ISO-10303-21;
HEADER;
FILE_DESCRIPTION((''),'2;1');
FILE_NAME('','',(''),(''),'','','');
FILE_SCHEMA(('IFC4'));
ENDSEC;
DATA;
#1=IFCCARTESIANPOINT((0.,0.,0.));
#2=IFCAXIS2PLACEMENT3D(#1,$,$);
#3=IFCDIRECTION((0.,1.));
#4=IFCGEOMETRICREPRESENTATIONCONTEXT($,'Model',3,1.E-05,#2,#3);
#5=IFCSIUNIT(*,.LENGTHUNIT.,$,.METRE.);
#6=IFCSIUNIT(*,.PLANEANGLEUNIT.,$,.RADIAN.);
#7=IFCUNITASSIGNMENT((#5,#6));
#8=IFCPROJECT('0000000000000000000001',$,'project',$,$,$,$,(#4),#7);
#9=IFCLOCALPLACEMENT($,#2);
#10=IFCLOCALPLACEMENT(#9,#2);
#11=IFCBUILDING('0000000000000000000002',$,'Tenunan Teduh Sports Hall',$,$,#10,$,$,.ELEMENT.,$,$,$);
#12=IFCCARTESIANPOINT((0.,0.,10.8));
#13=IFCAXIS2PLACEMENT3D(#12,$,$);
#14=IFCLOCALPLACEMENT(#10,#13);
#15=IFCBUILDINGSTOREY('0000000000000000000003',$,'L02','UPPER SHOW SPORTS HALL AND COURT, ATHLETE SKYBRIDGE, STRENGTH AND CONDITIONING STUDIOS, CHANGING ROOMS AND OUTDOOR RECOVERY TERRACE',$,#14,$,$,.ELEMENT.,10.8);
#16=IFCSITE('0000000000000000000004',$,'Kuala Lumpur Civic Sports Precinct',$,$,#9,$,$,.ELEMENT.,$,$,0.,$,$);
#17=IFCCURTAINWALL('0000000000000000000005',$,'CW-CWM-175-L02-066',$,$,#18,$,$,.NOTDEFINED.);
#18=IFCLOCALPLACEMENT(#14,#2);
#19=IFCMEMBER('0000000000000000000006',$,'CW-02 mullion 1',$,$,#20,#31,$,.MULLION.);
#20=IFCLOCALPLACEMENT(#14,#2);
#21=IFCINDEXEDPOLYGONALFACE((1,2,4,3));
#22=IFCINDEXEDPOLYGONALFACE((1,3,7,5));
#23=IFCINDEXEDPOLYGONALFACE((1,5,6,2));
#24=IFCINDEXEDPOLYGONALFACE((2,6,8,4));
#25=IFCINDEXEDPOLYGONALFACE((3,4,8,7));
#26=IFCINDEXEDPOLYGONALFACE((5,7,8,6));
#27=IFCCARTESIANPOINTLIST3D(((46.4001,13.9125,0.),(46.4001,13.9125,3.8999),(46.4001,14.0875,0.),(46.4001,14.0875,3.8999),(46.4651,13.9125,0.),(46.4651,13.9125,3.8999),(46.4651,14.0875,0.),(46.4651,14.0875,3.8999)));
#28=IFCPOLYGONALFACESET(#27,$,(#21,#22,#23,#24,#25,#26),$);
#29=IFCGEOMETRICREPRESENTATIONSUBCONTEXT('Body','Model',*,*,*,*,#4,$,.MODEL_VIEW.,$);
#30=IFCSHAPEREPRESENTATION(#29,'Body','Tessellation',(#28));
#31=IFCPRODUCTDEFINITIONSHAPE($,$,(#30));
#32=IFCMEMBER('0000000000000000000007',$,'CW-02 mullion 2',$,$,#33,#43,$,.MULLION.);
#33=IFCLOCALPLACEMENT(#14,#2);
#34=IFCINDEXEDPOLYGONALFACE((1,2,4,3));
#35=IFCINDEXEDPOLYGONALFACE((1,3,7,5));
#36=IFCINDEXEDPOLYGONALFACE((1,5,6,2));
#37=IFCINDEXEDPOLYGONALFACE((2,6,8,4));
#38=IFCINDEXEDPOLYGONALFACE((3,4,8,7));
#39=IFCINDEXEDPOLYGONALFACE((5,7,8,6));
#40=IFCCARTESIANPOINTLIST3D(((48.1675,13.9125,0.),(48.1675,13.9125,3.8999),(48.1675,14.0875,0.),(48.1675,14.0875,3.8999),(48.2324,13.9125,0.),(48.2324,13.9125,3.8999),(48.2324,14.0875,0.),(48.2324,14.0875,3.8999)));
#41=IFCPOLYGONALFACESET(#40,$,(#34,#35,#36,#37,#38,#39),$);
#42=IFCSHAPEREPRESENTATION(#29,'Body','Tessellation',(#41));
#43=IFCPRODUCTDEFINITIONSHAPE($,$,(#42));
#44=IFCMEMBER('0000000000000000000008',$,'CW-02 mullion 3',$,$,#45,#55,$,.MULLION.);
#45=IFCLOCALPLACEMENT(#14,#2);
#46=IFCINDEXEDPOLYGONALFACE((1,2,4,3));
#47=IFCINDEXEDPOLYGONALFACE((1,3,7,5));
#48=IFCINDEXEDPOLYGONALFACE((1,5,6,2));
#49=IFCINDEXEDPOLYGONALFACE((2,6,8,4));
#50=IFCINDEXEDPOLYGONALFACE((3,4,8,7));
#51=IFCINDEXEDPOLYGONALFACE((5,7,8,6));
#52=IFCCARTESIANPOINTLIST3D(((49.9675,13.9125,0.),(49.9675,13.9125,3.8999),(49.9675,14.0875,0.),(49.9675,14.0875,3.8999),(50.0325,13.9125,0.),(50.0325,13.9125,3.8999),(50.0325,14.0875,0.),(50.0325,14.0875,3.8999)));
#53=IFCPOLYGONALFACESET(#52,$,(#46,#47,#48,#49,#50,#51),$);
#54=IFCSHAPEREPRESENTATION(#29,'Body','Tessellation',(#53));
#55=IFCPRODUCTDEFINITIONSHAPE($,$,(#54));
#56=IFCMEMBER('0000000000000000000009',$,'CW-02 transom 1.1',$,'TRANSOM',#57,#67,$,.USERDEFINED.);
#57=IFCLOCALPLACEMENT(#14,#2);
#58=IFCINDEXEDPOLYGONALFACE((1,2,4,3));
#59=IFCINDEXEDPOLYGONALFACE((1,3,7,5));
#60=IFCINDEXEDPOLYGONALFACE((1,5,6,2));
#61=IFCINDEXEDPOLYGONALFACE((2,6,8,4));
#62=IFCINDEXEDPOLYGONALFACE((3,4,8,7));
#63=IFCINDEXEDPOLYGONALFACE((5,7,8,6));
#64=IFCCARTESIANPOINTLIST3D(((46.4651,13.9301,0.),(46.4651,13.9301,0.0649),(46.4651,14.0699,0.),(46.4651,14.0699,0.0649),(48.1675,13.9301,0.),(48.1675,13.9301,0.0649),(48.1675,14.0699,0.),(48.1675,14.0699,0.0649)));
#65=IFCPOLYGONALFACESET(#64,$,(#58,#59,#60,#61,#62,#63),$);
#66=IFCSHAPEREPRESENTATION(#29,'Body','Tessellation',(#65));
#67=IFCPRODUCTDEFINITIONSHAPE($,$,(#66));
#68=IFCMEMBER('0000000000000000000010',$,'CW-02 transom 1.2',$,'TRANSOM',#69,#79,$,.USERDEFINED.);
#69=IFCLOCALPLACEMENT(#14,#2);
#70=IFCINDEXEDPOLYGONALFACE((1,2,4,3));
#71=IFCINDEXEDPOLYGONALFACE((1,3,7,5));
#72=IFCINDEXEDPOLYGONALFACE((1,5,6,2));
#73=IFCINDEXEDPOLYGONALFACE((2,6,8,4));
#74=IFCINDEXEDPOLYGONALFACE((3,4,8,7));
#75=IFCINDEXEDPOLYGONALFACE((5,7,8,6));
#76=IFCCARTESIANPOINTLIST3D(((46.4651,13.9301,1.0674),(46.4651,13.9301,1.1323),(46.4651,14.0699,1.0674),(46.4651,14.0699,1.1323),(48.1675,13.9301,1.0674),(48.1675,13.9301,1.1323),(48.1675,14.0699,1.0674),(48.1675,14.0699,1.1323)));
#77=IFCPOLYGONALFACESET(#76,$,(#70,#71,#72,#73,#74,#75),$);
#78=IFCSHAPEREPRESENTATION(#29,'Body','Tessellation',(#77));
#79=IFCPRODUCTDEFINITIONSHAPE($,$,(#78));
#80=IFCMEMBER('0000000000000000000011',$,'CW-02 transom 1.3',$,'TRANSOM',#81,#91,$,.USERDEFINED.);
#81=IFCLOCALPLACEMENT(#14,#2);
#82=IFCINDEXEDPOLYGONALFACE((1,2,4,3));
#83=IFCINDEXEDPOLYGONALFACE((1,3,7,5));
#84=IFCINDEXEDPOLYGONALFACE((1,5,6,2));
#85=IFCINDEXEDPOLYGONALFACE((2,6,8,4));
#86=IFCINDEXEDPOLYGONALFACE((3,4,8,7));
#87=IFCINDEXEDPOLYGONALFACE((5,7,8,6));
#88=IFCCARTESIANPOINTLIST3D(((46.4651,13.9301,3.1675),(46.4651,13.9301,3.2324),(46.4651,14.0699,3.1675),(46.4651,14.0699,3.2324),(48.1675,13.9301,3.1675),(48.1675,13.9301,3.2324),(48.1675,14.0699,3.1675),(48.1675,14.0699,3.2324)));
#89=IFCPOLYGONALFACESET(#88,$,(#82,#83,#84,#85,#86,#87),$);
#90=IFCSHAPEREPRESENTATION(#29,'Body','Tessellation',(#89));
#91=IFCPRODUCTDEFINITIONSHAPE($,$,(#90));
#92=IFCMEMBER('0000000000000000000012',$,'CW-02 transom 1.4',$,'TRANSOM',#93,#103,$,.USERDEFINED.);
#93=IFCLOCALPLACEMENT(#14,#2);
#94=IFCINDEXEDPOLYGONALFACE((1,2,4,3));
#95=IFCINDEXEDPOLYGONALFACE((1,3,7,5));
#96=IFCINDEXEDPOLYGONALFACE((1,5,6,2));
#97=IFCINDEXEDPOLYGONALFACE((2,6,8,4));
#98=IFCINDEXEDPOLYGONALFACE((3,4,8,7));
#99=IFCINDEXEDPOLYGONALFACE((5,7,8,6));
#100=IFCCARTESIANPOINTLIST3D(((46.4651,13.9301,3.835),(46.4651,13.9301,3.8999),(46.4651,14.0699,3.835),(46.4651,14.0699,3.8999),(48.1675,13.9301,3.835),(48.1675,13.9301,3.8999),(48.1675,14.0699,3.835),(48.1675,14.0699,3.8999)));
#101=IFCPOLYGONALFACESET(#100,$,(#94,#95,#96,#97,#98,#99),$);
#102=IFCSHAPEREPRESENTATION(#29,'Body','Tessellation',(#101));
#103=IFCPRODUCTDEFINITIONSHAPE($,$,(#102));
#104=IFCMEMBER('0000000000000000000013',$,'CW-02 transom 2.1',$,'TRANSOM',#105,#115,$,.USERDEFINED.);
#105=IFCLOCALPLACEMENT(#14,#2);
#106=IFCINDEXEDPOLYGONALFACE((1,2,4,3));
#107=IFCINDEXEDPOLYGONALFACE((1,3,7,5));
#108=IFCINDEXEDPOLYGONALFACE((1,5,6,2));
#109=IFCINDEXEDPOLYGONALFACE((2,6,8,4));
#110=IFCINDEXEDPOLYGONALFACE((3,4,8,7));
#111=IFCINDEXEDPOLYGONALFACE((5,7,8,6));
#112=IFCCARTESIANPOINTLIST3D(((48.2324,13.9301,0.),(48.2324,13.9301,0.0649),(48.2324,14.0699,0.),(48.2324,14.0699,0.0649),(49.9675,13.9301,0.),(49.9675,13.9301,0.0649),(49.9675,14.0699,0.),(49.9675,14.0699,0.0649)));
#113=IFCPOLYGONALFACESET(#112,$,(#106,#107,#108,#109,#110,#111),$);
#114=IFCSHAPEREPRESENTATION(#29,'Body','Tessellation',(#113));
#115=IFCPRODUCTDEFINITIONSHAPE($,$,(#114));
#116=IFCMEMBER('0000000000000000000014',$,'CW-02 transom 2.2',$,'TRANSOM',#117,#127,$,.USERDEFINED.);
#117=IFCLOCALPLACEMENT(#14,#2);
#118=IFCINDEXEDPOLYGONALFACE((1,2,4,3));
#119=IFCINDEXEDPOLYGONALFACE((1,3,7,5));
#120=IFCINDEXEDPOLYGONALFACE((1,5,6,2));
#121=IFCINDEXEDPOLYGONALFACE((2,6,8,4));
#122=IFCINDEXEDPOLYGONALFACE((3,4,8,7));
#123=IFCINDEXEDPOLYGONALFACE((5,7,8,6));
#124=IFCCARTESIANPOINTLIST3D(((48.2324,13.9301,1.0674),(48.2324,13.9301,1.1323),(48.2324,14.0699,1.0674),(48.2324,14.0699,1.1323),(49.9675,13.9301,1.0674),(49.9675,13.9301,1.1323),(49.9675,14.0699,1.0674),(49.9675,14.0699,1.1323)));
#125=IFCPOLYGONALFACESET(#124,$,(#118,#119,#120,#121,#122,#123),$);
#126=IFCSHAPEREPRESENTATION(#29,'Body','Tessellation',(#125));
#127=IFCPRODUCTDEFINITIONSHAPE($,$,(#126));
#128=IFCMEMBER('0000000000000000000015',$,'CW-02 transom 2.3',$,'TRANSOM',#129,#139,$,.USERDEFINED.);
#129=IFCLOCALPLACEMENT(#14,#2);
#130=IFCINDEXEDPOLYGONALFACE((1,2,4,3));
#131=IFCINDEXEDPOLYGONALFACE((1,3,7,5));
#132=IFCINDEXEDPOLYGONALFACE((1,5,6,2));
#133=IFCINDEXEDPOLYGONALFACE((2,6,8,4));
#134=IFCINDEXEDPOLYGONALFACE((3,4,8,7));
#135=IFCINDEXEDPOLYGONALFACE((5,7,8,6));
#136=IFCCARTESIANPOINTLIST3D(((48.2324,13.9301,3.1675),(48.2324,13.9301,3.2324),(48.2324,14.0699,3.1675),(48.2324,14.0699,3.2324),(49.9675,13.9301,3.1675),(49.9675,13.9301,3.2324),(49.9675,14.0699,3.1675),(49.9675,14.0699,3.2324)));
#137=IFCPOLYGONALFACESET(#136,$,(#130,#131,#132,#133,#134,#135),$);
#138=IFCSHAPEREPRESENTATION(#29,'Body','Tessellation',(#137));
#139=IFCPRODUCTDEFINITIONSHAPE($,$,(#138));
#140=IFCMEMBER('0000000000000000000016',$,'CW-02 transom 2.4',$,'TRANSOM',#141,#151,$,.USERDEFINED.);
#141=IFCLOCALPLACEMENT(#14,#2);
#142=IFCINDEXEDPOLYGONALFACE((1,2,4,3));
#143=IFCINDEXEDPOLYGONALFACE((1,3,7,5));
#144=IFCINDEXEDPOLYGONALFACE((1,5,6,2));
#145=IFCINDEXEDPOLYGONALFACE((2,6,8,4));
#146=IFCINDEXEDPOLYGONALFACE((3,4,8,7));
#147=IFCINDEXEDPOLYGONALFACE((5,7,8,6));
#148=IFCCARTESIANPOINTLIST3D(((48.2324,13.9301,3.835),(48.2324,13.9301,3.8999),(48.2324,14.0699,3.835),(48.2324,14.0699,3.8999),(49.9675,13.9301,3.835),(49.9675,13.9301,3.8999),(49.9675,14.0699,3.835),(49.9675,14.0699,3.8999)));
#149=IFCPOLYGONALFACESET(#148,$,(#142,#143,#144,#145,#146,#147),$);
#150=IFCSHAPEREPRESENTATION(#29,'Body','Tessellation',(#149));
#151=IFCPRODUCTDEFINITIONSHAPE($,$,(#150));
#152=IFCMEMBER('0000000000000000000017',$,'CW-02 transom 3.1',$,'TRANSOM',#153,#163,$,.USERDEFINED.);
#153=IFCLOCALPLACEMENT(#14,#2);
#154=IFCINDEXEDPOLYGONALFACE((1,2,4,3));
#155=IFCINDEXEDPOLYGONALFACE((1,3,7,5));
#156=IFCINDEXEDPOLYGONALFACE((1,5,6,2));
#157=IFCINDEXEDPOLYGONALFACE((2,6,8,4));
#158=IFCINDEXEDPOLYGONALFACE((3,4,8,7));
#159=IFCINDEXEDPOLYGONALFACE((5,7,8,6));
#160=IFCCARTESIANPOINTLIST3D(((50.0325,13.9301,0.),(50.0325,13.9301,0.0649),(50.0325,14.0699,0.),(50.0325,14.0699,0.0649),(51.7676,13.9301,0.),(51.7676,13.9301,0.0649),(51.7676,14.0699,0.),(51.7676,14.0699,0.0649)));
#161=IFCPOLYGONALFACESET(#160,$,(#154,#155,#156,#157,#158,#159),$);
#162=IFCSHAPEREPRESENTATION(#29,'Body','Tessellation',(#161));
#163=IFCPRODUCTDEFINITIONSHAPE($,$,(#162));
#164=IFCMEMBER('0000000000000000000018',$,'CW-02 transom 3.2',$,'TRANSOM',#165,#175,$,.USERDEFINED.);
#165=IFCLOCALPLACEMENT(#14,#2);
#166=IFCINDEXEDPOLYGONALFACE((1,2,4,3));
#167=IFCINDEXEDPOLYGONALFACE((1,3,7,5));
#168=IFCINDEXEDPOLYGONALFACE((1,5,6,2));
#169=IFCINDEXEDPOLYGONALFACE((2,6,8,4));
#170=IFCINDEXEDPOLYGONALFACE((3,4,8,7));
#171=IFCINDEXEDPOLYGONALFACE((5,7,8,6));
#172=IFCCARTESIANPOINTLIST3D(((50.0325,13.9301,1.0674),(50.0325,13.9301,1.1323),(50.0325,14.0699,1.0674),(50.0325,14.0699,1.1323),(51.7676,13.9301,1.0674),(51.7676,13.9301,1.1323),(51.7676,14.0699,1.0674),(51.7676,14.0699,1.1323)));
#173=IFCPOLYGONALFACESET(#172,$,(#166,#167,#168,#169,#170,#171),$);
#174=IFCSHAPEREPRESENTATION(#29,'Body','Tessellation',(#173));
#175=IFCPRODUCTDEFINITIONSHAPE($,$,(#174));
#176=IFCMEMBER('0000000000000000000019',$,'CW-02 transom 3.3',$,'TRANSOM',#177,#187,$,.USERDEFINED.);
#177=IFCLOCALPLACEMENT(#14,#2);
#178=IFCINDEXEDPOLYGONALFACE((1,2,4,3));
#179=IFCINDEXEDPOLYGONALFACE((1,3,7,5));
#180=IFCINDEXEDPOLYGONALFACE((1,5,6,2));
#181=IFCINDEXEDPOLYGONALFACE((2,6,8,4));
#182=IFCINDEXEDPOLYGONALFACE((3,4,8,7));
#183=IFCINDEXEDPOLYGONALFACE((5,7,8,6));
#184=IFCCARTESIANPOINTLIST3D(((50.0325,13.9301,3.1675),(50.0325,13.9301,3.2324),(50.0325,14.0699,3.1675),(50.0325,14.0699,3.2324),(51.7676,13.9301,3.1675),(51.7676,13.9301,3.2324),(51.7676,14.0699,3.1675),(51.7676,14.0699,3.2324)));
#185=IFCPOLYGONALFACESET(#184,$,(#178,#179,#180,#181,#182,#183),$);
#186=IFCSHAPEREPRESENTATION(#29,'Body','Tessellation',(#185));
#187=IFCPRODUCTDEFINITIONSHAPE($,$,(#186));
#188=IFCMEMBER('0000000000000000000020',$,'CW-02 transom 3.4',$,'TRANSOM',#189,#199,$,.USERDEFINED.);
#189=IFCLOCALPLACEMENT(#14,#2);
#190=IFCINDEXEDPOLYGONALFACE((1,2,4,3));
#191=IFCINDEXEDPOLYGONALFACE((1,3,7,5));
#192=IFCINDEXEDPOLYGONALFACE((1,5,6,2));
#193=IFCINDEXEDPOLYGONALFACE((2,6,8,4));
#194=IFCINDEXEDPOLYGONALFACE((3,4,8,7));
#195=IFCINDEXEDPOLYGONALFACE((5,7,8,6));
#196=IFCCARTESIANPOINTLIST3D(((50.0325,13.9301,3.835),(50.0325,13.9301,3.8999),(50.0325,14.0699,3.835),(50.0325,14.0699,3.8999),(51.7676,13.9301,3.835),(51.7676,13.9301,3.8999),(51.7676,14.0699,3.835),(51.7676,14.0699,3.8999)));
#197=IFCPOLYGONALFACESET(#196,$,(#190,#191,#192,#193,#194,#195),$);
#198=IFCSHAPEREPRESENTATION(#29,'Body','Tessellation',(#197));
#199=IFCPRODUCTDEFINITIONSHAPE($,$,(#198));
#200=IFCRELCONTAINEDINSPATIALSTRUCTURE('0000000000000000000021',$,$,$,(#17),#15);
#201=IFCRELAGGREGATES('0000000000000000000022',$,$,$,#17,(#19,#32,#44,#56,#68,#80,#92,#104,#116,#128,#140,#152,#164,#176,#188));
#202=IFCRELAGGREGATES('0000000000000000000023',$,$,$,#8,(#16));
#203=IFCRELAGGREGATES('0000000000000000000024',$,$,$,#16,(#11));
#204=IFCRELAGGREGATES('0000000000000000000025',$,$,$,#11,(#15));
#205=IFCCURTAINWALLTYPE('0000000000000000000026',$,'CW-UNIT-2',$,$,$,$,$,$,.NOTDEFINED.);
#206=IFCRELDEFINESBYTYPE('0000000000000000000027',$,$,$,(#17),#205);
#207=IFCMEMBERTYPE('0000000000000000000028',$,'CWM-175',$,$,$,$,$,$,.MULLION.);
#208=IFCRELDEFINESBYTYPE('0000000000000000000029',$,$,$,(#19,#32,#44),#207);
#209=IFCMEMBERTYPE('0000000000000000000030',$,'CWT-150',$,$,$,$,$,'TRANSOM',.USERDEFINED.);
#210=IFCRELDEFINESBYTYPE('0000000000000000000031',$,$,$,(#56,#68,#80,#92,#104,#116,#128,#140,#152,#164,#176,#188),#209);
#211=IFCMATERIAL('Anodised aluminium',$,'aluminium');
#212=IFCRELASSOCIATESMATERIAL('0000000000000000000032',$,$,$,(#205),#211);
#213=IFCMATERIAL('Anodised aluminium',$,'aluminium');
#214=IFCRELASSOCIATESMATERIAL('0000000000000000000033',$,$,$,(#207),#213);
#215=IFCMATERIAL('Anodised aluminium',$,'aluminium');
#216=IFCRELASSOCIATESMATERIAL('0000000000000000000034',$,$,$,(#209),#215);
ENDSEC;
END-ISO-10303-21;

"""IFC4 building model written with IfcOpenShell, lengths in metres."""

from ifc_helpers import new_model, si_unit, direction, frame, origin, origin_2d, place, context, subcontext, project, spatial, rectangle, extrude, material, material_profile, profile_set, type_object, element, aggregate, save


model = new_model("IFC4")

# Units and contexts
model_context = context("Model", 3, precision=1e-05, world=origin(), true_north=direction((0.0, 1.0)))
body_context = subcontext(model_context, "Body", "Model", "MODEL_VIEW")
ifc_project = project(units=[si_unit("LENGTHUNIT", "METRE"), si_unit("PLANEANGLEUNIT", "RADIAN")], contexts=[model_context])

# Site, building, storey
site_placement = place(None, origin())
site = spatial("IfcSite", under=ifc_project, at=site_placement, Name="Kuala Lumpur Civic Sports Precinct", CompositionType="ELEMENT", RefElevation=0.0)
building_placement = place(site_placement, origin())
building = spatial("IfcBuilding", under=site, at=building_placement, Name="Tenunan Teduh Sports Hall", CompositionType="ELEMENT")
storey_placement = place(building_placement, frame((0.0, 0.0, 10.8)))
storey = spatial("IfcBuildingStorey", under=building, at=storey_placement, Name="L02", Description="UPPER SHOW SPORTS HALL AND COURT, ATHLETE SKYBRIDGE, STRENGTH AND CONDITIONING STUDIOS, CHANGING ROOMS AND OUTDOOR RECOVERY TERRACE", CompositionType="ELEMENT", Elevation=10.8)

# Curtain wall, members
ifc_material_1 = material(Name="Anodised aluminium", Category="aluminium")
curtain_wall_type = type_object("IfcCurtainWallType", Name="CW-UNIT-2", PredefinedType="NOTDEFINED", material=ifc_material_1)
curtain_wall_placement = place(storey_placement, origin())
curtain_wall = element("IfcCurtainWall", 1, at=curtain_wall_placement, inside=storey, type_object=curtain_wall_type, Name="CW-CWM-175-L02-066", PredefinedType="NOTDEFINED")
ifc_material_2 = material(Name="Anodised aluminium", Category="aluminium")
ifc_material_profile_1 = material_profile(ifc_material_2, rectangle(XDim=0.0649, YDim=0.175, at=origin_2d()), Name="CWM 65x175")
ifc_profile_set_1 = profile_set([ifc_material_profile_1], Name="Anodised aluminium")
member_type_1 = type_object("IfcMemberType", Name="CWM-175", PredefinedType="MULLION", material=ifc_profile_set_1)
member_1_placement = place(storey_placement, frame((46.4326, 14.0, 0.0), z_axis=(0.0, 0.0, 1.0), x_axis=(1.0, 0.0, 0.0)))
member_1 = element("IfcMember", 2, at=member_1_placement, type_object=member_type_1, Name="CW-02 mullion 1", PredefinedType="MULLION", context=body_context, shape_type="SweptSolid", body=[
    extrude(rectangle(XDim=0.0649, YDim=0.175, at=origin_2d()), origin(), (0.0, 0.0, 1.0), 3.8999),
])
member_2_placement = place(storey_placement, frame((48.2, 14.0, 0.0), z_axis=(0.0, 0.0, 1.0), x_axis=(1.0, 0.0, 0.0)))
member_2 = element("IfcMember", 3, at=member_2_placement, type_object=member_type_1, Name="CW-02 mullion 2", PredefinedType="MULLION", context=body_context, shape_type="SweptSolid", body=[
    extrude(rectangle(XDim=0.0649, YDim=0.175, at=origin_2d()), origin(), (0.0, 0.0, 1.0), 3.8999),
])
member_3_placement = place(storey_placement, frame((50.0, 14.0, 0.0), z_axis=(0.0, 0.0, 1.0), x_axis=(1.0, 0.0, 0.0)))
member_3 = element("IfcMember", 4, at=member_3_placement, type_object=member_type_1, Name="CW-02 mullion 3", PredefinedType="MULLION", context=body_context, shape_type="SweptSolid", body=[
    extrude(rectangle(XDim=0.0649, YDim=0.175, at=origin_2d()), origin(), (0.0, 0.0, 1.0), 3.8999),
])
ifc_material_3 = material(Name="Anodised aluminium", Category="aluminium")
ifc_material_profile_2 = material_profile(ifc_material_3, rectangle(XDim=0.0649, YDim=0.1399, at=origin_2d()), Name="CWT 65x140")
ifc_profile_set_2 = profile_set([ifc_material_profile_2], Name="Anodised aluminium")
member_type_2 = type_object("IfcMemberType", Name="CWT-150", ElementType="TRANSOM", PredefinedType="USERDEFINED", material=ifc_profile_set_2)
member_4_placement = place(storey_placement, frame((46.4651, 14.0, 0.0325), z_axis=(1.0, 0.0, 0.0), x_axis=(0.0, 0.0, 1.0)))
member_4 = element("IfcMember", 5, at=member_4_placement, type_object=member_type_2, Name="CW-02 transom 1.1", ObjectType="TRANSOM", PredefinedType="USERDEFINED", context=body_context, shape_type="SweptSolid", body=[
    extrude(rectangle(XDim=0.0649, YDim=0.1399, at=origin_2d()), origin(), (0.0, 0.0, 1.0), 1.7024),
])
member_5_placement = place(storey_placement, frame((46.4651, 14.0, 1.0999), z_axis=(1.0, 0.0, 0.0), x_axis=(0.0, 0.0, 1.0)))
member_5 = element("IfcMember", 6, at=member_5_placement, type_object=member_type_2, Name="CW-02 transom 1.2", ObjectType="TRANSOM", PredefinedType="USERDEFINED", context=body_context, shape_type="SweptSolid", body=[
    extrude(rectangle(XDim=0.0649, YDim=0.1399, at=origin_2d()), origin(), (0.0, 0.0, 1.0), 1.7024),
])
member_6_placement = place(storey_placement, frame((46.4651, 14.0, 3.2), z_axis=(1.0, 0.0, 0.0), x_axis=(0.0, 0.0, 1.0)))
member_6 = element("IfcMember", 7, at=member_6_placement, type_object=member_type_2, Name="CW-02 transom 1.3", ObjectType="TRANSOM", PredefinedType="USERDEFINED", context=body_context, shape_type="SweptSolid", body=[
    extrude(rectangle(XDim=0.0649, YDim=0.1399, at=origin_2d()), origin(), (0.0, 0.0, 1.0), 1.7024),
])
member_7_placement = place(storey_placement, frame((46.4651, 14.0, 3.8674), z_axis=(1.0, 0.0, 0.0), x_axis=(0.0, 0.0, 1.0)))
member_7 = element("IfcMember", 8, at=member_7_placement, type_object=member_type_2, Name="CW-02 transom 1.4", ObjectType="TRANSOM", PredefinedType="USERDEFINED", context=body_context, shape_type="SweptSolid", body=[
    extrude(rectangle(XDim=0.0649, YDim=0.1399, at=origin_2d()), origin(), (0.0, 0.0, 1.0), 1.7024),
])
member_8_placement = place(storey_placement, frame((48.2324, 14.0, 0.0325), z_axis=(1.0, 0.0, 0.0), x_axis=(0.0, 0.0, 1.0)))
member_8 = element("IfcMember", 9, at=member_8_placement, type_object=member_type_2, Name="CW-02 transom 2.1", ObjectType="TRANSOM", PredefinedType="USERDEFINED", context=body_context, shape_type="SweptSolid", body=[
    extrude(rectangle(XDim=0.0649, YDim=0.1399, at=origin_2d()), origin(), (0.0, 0.0, 1.0), 1.7351),
])
member_9_placement = place(storey_placement, frame((48.2324, 14.0, 1.0999), z_axis=(1.0, 0.0, 0.0), x_axis=(0.0, 0.0, 1.0)))
member_9 = element("IfcMember", 10, at=member_9_placement, type_object=member_type_2, Name="CW-02 transom 2.2", ObjectType="TRANSOM", PredefinedType="USERDEFINED", context=body_context, shape_type="SweptSolid", body=[
    extrude(rectangle(XDim=0.0649, YDim=0.1399, at=origin_2d()), origin(), (0.0, 0.0, 1.0), 1.7351),
])
member_10_placement = place(storey_placement, frame((48.2324, 14.0, 3.2), z_axis=(1.0, 0.0, 0.0), x_axis=(0.0, 0.0, 1.0)))
member_10 = element("IfcMember", 11, at=member_10_placement, type_object=member_type_2, Name="CW-02 transom 2.3", ObjectType="TRANSOM", PredefinedType="USERDEFINED", context=body_context, shape_type="SweptSolid", body=[
    extrude(rectangle(XDim=0.0649, YDim=0.1399, at=origin_2d()), origin(), (0.0, 0.0, 1.0), 1.7351),
])
member_11_placement = place(storey_placement, frame((48.2324, 14.0, 3.8674), z_axis=(1.0, 0.0, 0.0), x_axis=(0.0, 0.0, 1.0)))
member_11 = element("IfcMember", 12, at=member_11_placement, type_object=member_type_2, Name="CW-02 transom 2.4", ObjectType="TRANSOM", PredefinedType="USERDEFINED", context=body_context, shape_type="SweptSolid", body=[
    extrude(rectangle(XDim=0.0649, YDim=0.1399, at=origin_2d()), origin(), (0.0, 0.0, 1.0), 1.7351),
])
member_12_placement = place(storey_placement, frame((50.0325, 14.0, 0.0325), z_axis=(1.0, 0.0, 0.0), x_axis=(0.0, 0.0, 1.0)))
member_12 = element("IfcMember", 13, at=member_12_placement, type_object=member_type_2, Name="CW-02 transom 3.1", ObjectType="TRANSOM", PredefinedType="USERDEFINED", context=body_context, shape_type="SweptSolid", body=[
    extrude(rectangle(XDim=0.0649, YDim=0.1399, at=origin_2d()), origin(), (0.0, 0.0, 1.0), 1.7351),
])
member_13_placement = place(storey_placement, frame((50.0325, 14.0, 1.0999), z_axis=(1.0, 0.0, 0.0), x_axis=(0.0, 0.0, 1.0)))
member_13 = element("IfcMember", 14, at=member_13_placement, type_object=member_type_2, Name="CW-02 transom 3.2", ObjectType="TRANSOM", PredefinedType="USERDEFINED", context=body_context, shape_type="SweptSolid", body=[
    extrude(rectangle(XDim=0.0649, YDim=0.1399, at=origin_2d()), origin(), (0.0, 0.0, 1.0), 1.7351),
])
member_14_placement = place(storey_placement, frame((50.0325, 14.0, 3.2), z_axis=(1.0, 0.0, 0.0), x_axis=(0.0, 0.0, 1.0)))
member_14 = element("IfcMember", 15, at=member_14_placement, type_object=member_type_2, Name="CW-02 transom 3.3", ObjectType="TRANSOM", PredefinedType="USERDEFINED", context=body_context, shape_type="SweptSolid", body=[
    extrude(rectangle(XDim=0.0649, YDim=0.1399, at=origin_2d()), origin(), (0.0, 0.0, 1.0), 1.7351),
])
member_15_placement = place(storey_placement, frame((50.0325, 14.0, 3.8674), z_axis=(1.0, 0.0, 0.0), x_axis=(0.0, 0.0, 1.0)))
member_15 = element("IfcMember", 16, at=member_15_placement, type_object=member_type_2, Name="CW-02 transom 3.4", ObjectType="TRANSOM", PredefinedType="USERDEFINED", context=body_context, shape_type="SweptSolid", body=[
    extrude(rectangle(XDim=0.0649, YDim=0.1399, at=origin_2d()), origin(), (0.0, 0.0, 1.0), 1.7351),
])
aggregate(curtain_wall, [member_1, member_2, member_3, member_4, member_5, member_6, member_7, member_8, member_9, member_10, member_11, member_12, member_13, member_14, member_15])

save(model, "model.ifc")
